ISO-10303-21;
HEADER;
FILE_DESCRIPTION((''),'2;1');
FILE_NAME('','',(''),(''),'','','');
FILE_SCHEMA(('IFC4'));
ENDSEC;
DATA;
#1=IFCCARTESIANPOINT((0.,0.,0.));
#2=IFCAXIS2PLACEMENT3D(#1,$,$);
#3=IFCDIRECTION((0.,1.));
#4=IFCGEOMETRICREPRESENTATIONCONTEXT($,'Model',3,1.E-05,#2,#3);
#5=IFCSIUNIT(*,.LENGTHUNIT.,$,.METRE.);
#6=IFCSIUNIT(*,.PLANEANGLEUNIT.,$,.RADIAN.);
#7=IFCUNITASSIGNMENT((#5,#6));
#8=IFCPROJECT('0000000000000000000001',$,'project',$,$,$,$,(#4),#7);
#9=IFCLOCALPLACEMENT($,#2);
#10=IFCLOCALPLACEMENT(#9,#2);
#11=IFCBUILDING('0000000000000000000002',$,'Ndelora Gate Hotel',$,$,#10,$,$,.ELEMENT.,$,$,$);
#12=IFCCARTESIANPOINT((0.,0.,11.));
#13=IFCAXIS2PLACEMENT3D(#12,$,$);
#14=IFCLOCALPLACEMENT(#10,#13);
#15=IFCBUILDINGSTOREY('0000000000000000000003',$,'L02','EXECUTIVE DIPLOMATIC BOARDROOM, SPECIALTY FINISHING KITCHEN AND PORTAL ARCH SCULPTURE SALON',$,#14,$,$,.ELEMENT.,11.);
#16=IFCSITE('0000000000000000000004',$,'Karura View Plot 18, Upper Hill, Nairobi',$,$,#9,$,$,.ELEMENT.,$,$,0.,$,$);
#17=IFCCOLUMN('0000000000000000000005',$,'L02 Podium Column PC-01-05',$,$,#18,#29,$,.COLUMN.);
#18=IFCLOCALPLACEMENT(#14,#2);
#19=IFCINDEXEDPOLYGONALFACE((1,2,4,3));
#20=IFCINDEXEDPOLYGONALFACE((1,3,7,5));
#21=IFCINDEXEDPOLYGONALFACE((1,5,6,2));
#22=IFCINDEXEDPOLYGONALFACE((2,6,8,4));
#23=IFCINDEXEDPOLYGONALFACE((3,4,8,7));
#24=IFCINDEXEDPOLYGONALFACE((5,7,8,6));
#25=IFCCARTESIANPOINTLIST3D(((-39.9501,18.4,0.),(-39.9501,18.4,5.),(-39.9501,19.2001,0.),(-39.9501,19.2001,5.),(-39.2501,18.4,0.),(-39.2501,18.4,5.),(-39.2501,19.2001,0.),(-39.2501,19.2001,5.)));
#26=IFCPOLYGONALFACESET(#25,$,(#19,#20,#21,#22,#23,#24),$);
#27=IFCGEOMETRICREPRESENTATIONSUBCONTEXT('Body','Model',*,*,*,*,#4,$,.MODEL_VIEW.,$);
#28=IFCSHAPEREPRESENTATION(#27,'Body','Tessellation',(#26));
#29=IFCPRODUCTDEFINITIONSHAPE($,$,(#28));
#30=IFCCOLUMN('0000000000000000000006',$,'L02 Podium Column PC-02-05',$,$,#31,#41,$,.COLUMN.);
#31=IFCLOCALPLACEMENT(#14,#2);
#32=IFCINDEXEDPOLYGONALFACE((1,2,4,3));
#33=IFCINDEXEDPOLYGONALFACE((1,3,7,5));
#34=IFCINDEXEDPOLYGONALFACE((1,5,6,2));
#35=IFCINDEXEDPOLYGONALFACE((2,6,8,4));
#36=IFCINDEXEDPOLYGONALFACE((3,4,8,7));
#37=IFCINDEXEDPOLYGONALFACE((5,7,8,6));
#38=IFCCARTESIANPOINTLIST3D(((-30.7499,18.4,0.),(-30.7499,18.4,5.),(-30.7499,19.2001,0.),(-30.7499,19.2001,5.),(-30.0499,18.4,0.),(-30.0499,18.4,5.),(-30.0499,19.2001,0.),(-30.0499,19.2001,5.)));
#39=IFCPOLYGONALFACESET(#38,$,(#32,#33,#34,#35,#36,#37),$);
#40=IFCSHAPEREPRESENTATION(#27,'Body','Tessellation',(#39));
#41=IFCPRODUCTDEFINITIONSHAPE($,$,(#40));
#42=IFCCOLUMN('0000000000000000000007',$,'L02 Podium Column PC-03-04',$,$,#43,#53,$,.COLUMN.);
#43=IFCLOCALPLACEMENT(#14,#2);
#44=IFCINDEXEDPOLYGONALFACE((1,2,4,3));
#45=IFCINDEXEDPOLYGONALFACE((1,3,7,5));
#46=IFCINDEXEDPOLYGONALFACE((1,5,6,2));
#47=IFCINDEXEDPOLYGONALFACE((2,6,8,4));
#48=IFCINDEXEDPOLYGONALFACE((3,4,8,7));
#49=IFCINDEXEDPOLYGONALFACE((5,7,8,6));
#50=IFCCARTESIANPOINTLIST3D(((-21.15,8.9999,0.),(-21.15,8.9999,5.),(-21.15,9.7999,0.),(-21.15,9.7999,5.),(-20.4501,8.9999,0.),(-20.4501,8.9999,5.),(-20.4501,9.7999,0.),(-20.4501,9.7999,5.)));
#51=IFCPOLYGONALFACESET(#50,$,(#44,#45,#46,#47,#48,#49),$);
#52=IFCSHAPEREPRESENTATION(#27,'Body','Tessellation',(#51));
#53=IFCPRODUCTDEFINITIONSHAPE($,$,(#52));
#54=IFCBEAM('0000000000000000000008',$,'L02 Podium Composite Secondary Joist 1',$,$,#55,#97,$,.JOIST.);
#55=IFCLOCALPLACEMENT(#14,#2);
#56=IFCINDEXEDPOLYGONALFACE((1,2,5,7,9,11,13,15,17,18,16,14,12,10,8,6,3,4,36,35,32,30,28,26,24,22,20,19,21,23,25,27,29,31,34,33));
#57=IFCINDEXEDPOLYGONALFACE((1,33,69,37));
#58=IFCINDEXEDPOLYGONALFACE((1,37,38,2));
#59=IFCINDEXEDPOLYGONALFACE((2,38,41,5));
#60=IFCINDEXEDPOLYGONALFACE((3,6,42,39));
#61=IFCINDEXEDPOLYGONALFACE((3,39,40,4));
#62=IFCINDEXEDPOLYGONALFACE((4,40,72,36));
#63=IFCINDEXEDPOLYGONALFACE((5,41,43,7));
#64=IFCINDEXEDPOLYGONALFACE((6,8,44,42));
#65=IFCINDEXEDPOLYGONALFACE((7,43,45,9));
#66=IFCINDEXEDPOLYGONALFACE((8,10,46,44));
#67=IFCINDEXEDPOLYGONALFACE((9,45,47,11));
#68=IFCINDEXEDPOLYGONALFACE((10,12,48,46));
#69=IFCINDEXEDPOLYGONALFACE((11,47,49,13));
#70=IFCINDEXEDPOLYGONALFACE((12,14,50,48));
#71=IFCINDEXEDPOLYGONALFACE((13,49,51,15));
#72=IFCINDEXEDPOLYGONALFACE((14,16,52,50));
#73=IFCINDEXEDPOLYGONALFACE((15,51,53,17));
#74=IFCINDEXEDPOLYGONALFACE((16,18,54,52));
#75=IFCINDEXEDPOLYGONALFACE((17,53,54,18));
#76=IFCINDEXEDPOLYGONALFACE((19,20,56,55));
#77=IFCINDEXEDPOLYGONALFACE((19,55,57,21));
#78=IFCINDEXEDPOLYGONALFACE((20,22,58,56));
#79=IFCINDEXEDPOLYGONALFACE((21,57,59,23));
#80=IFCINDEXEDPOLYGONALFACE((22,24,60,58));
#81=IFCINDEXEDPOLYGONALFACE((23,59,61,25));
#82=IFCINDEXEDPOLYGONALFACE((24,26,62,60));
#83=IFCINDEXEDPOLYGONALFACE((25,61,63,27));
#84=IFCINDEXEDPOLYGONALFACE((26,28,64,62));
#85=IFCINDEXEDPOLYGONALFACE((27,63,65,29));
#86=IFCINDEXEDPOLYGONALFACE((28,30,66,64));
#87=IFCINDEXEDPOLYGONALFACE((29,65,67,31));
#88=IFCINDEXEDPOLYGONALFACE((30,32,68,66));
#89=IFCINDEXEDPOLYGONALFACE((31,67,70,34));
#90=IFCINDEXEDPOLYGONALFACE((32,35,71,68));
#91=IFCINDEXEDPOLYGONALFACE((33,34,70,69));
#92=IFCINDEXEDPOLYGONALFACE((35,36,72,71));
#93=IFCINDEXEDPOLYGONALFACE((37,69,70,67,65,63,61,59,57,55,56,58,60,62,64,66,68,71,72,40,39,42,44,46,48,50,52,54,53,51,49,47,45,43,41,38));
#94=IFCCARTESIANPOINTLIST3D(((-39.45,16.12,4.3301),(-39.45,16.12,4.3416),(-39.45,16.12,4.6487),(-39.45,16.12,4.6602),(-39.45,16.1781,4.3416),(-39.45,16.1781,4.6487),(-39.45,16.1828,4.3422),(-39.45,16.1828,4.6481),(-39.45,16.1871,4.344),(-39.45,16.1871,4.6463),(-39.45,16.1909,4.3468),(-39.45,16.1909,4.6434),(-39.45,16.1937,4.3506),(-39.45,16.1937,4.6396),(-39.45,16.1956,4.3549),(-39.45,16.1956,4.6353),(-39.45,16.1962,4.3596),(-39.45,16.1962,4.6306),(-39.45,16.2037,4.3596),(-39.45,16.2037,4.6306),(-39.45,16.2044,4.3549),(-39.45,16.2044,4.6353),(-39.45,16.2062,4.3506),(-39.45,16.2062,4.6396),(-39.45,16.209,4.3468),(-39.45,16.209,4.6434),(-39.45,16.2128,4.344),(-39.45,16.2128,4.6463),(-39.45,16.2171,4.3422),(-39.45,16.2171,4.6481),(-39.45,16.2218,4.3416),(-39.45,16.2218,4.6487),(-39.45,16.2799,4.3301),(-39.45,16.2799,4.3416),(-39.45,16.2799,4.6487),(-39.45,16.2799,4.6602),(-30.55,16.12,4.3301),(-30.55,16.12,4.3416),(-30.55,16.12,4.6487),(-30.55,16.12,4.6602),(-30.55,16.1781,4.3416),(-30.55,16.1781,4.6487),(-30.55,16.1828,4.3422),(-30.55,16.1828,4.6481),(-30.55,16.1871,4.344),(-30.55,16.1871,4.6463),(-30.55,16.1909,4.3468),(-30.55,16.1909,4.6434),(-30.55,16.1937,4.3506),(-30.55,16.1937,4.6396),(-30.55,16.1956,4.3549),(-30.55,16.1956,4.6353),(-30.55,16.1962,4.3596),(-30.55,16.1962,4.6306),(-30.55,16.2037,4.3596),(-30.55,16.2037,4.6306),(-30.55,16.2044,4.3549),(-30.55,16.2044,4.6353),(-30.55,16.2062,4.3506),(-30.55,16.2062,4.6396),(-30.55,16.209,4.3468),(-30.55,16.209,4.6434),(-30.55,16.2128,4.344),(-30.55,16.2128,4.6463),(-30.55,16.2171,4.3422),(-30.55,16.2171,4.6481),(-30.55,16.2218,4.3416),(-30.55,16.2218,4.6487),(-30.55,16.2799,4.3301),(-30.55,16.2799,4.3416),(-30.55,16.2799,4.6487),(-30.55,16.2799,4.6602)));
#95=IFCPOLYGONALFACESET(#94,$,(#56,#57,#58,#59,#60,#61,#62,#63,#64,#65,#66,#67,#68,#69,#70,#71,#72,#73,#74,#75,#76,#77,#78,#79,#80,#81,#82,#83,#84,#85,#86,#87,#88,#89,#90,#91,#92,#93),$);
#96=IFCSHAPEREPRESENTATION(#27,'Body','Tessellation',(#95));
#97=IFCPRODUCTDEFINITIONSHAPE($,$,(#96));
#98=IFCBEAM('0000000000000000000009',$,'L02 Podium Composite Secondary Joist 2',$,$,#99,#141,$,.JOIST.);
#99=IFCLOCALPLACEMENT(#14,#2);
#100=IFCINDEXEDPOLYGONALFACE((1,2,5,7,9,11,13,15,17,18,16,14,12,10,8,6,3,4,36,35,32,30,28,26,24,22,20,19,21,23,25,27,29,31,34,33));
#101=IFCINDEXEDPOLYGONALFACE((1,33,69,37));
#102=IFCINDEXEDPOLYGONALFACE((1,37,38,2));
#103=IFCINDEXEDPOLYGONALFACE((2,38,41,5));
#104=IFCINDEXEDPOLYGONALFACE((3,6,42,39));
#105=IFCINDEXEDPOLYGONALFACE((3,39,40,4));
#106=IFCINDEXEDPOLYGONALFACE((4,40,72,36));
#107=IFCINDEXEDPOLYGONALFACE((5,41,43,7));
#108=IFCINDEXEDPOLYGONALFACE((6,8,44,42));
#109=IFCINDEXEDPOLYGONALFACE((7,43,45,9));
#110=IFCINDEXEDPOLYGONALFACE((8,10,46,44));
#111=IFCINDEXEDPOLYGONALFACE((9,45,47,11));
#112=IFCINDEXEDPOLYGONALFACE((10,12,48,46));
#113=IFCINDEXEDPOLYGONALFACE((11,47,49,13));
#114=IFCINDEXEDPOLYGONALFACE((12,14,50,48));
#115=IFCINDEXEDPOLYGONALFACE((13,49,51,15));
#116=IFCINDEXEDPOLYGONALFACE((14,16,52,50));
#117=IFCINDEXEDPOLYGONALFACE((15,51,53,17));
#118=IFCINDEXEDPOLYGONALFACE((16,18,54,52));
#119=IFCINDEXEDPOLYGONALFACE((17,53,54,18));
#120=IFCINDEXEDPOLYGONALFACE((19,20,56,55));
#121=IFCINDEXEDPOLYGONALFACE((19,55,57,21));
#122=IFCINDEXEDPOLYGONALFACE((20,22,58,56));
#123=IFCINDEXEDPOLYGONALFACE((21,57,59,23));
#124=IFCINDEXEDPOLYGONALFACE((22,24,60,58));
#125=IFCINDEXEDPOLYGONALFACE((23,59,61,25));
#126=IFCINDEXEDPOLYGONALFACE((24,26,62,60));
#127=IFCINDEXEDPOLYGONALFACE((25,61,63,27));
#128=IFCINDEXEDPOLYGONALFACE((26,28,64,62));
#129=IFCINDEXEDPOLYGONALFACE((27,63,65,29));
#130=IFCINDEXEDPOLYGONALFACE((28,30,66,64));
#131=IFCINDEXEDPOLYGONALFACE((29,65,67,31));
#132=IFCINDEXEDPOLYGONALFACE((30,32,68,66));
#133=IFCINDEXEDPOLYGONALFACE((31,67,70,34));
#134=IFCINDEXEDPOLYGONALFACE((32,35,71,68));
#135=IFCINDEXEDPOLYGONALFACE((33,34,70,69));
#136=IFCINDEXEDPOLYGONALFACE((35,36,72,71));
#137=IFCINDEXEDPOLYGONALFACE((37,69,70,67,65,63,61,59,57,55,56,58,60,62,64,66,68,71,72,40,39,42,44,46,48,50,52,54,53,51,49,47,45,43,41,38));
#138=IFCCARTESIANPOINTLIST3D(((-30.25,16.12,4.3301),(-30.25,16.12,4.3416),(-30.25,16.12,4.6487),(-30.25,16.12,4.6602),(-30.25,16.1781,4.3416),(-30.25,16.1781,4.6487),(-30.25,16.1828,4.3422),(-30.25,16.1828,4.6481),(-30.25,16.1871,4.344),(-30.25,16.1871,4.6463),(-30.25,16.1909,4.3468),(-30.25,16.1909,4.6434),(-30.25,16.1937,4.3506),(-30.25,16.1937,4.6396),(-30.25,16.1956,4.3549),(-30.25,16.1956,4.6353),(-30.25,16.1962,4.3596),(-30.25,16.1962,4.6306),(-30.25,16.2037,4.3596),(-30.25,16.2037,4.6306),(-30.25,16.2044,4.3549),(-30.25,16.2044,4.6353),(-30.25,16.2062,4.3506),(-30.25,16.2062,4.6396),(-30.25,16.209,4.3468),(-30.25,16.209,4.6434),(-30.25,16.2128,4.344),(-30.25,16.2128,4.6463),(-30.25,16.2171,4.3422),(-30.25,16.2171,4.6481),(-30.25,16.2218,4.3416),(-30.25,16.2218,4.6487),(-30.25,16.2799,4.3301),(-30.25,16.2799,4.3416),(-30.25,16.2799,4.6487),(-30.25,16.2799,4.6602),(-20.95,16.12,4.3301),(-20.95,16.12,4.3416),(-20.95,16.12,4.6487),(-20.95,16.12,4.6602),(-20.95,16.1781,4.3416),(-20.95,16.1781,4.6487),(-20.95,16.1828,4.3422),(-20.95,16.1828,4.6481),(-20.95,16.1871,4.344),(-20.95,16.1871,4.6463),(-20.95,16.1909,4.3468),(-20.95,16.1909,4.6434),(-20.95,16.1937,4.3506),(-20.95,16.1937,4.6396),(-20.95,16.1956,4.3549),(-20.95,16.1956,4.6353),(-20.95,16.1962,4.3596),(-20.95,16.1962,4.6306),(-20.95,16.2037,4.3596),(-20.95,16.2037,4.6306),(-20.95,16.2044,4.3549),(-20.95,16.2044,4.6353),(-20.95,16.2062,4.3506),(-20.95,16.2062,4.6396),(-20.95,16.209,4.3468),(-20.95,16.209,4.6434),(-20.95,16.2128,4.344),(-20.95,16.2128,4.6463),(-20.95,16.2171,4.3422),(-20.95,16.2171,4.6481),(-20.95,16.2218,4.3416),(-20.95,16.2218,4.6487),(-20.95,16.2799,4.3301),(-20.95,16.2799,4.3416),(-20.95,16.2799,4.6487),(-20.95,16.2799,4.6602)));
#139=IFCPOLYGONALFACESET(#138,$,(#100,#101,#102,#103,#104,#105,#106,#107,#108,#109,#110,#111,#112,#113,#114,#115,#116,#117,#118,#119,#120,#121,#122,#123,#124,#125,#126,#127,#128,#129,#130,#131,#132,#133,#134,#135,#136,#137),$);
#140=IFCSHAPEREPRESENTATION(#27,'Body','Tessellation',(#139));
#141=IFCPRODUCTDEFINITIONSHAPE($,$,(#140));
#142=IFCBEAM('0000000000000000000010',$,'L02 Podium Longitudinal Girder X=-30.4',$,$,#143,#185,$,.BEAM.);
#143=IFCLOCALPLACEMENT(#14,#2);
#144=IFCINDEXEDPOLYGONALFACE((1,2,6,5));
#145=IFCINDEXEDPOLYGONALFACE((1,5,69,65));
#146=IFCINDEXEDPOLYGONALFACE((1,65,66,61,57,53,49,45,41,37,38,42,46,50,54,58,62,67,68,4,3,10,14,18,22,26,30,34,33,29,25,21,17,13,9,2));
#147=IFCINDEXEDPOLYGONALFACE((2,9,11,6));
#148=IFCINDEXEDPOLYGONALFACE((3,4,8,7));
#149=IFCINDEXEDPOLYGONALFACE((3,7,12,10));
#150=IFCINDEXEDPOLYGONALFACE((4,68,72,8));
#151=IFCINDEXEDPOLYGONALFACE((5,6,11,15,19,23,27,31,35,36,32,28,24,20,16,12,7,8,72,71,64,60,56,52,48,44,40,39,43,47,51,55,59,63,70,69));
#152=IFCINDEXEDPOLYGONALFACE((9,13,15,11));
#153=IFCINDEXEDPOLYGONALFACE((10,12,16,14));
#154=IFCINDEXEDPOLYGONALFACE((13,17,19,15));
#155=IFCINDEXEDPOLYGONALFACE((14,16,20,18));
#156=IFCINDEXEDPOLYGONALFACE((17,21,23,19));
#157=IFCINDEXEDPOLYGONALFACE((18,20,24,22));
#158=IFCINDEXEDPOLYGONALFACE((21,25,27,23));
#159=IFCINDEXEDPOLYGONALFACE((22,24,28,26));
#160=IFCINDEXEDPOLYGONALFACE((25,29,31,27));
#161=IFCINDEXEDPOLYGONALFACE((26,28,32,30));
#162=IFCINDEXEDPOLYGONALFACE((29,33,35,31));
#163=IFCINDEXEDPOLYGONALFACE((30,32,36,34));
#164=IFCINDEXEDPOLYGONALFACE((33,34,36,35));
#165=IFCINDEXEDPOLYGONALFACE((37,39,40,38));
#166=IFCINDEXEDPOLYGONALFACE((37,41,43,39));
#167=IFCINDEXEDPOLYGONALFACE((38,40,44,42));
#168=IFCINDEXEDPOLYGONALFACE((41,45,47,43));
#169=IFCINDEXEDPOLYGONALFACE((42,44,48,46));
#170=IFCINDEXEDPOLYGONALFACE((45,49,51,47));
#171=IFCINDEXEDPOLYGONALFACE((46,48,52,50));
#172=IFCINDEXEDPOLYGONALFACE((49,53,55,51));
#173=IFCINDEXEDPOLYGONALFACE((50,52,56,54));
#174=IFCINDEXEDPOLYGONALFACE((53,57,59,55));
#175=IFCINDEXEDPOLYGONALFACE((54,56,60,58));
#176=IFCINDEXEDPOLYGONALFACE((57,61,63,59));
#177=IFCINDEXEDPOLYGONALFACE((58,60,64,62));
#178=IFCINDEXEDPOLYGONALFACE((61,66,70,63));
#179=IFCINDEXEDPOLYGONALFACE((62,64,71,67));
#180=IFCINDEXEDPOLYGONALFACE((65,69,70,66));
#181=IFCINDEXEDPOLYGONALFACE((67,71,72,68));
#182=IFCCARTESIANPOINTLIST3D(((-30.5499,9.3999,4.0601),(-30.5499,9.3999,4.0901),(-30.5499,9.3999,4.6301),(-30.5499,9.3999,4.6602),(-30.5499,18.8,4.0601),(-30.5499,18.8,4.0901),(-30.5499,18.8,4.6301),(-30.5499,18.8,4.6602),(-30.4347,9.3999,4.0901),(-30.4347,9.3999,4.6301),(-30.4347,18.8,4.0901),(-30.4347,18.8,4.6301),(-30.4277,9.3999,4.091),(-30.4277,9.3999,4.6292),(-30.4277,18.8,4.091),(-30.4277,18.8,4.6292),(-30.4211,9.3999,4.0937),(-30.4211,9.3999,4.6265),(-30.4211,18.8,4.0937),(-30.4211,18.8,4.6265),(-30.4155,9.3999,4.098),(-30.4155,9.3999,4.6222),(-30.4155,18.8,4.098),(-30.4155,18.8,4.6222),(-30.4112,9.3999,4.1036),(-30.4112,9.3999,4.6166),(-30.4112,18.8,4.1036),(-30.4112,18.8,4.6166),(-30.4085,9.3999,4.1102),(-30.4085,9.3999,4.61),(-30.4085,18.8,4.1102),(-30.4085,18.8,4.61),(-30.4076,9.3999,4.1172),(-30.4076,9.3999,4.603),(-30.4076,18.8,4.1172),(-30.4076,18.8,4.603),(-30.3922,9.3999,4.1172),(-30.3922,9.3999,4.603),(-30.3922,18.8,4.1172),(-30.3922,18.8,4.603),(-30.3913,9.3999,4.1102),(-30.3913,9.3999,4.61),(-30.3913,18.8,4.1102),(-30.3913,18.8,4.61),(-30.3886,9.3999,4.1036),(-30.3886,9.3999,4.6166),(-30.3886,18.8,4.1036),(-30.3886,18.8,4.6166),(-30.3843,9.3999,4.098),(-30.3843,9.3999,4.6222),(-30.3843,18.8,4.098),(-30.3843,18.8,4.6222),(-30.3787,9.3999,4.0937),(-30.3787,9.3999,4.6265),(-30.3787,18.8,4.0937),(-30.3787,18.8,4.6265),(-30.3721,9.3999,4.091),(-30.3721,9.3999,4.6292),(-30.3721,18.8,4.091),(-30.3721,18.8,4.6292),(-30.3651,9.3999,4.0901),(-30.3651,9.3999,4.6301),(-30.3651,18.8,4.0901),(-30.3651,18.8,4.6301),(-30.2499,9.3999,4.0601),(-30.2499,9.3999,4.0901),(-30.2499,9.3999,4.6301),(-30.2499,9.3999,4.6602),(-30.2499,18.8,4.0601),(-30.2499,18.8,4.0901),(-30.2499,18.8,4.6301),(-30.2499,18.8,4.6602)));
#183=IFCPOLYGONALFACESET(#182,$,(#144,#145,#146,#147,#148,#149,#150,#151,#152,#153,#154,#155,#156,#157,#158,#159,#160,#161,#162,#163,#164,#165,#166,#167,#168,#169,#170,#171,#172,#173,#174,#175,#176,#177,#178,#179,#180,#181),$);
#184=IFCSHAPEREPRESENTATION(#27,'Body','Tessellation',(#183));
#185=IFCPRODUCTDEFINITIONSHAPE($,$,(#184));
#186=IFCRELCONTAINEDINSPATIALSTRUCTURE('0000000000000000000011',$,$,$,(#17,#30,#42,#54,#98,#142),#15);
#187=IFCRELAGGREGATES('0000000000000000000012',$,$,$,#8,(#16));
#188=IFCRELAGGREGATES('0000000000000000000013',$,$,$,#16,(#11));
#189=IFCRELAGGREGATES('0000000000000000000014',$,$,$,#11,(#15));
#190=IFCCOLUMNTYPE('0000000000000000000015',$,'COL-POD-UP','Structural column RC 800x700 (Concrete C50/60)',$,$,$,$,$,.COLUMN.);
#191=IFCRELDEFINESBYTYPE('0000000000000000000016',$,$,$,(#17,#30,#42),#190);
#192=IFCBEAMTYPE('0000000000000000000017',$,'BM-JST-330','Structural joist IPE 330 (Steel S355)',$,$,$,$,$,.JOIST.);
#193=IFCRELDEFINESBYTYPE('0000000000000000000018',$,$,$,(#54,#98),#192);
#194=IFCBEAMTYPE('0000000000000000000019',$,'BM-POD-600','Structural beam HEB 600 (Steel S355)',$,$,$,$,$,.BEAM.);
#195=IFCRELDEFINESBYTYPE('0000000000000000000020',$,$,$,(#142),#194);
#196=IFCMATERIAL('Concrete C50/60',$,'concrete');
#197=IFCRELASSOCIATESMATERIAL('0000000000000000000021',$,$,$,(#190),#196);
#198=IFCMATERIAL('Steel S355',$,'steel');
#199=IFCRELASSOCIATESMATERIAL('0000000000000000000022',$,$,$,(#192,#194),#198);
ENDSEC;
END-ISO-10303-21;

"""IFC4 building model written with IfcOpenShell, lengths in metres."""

from ifc_helpers import new_model, si_unit, direction, frame, origin, origin_2d, place, context, subcontext, project, spatial, rectangle, i_section, extrude, material, material_profile, profile_set, type_object, element, save


model = new_model("IFC4")

# Units and contexts
model_context = context("Model", 3, precision=1e-05, world=origin(), true_north=direction((0.0, 1.0)))
body_context = subcontext(model_context, "Body", "Model", "MODEL_VIEW")
ifc_project = project(units=[si_unit("LENGTHUNIT", "METRE"), si_unit("PLANEANGLEUNIT", "RADIAN")], contexts=[model_context])

# Site, building, storey
site_placement = place(None, origin())
site = spatial("IfcSite", under=ifc_project, at=site_placement, Name="Karura View Plot 18, Upper Hill, Nairobi", CompositionType="ELEMENT", RefElevation=0.0)
building_placement = place(site_placement, origin())
building = spatial("IfcBuilding", under=site, at=building_placement, Name="Ndelora Gate Hotel", CompositionType="ELEMENT")
storey_placement = place(building_placement, frame((0.0, 0.0, 11.0)))
storey = spatial("IfcBuildingStorey", under=building, at=storey_placement, Name="L02", Description="EXECUTIVE DIPLOMATIC BOARDROOM, SPECIALTY FINISHING KITCHEN AND PORTAL ARCH SCULPTURE SALON", CompositionType="ELEMENT", Elevation=11.0)

# Columns
ifc_material_1 = material(Name="Concrete C50/60", Category="concrete")
ifc_material_profile_1 = material_profile(ifc_material_1, rectangle(XDim=0.7, YDim=0.8, at=origin_2d()), Name="RC 800x700")
ifc_profile_set_1 = profile_set([ifc_material_profile_1], Name="Concrete C50/60")
column_type = type_object("IfcColumnType", Name="COL-POD-UP", Description="Structural column RC 800x700 (Concrete C50/60)", PredefinedType="COLUMN", material=ifc_profile_set_1)
for number, where, z_axis, x_axis, name in (
    (1, (-39.6001, 18.8, 0.0), (0.0, 0.0, 1.0), (1.0, 0.0, 0.0), "L02 Podium Column PC-01-05"),
    (2, (-30.3999, 18.8, 0.0), (0.0, 0.0, 1.0), (1.0, 0.0, 0.0), "L02 Podium Column PC-02-05"),
    (3, (-20.8, 9.3999, 0.0), (0.0, 0.0, 1.0), (1.0, 0.0, 0.0), "L02 Podium Column PC-03-04"),
):
    element("IfcColumn", number, at=place(storey_placement, frame(where, z_axis=z_axis, x_axis=x_axis)), inside=storey, type_object=column_type, Name=name, PredefinedType="COLUMN", context=body_context, shape_type="SweptSolid", body=[
        extrude(rectangle(XDim=0.7, YDim=0.8, at=origin_2d()), origin(), (0.0, 0.0, 1.0), 5.0),
    ])

# Beams
ifc_material_2 = material(Name="Steel S355", Category="steel")
ifc_material_profile_2 = material_profile(ifc_material_2, i_section(OverallWidth=0.1599, OverallDepth=0.3301, WebThickness=0.0076, FlangeThickness=0.0115, FilletRadius=0.0181, at=origin_2d()), Name="IPE 330")
ifc_profile_set_2 = profile_set([ifc_material_profile_2], Name="Steel S355")
beam_type_1 = type_object("IfcBeamType", Name="BM-JST-330", Description="Structural joist IPE 330 (Steel S355)", PredefinedType="JOIST", material=ifc_profile_set_2)
beam_1_placement = place(storey_placement, frame((-39.45, 16.2, 4.4951), z_axis=(1.0, 0.0, 0.0), x_axis=(0.0, 1.0, 0.0)))
element("IfcBeam", 4, at=beam_1_placement, inside=storey, type_object=beam_type_1, Name="L02 Podium Composite Secondary Joist 1", PredefinedType="JOIST", context=body_context, shape_type="SweptSolid", body=[
    extrude(i_section(OverallWidth=0.1599, OverallDepth=0.3301, WebThickness=0.0076, FlangeThickness=0.0115, FilletRadius=0.0181, at=origin_2d()), origin(), (0.0, 0.0, 1.0), 8.8999),
])
beam_2_placement = place(storey_placement, frame((-30.25, 16.2, 4.4951), z_axis=(1.0, 0.0, 0.0), x_axis=(0.0, 1.0, 0.0)))
element("IfcBeam", 5, at=beam_2_placement, inside=storey, type_object=beam_type_1, Name="L02 Podium Composite Secondary Joist 2", PredefinedType="JOIST", context=body_context, shape_type="SweptSolid", body=[
    extrude(i_section(OverallWidth=0.1599, OverallDepth=0.3301, WebThickness=0.0076, FlangeThickness=0.0115, FilletRadius=0.0181, at=origin_2d()), origin(), (0.0, 0.0, 1.0), 9.3),
])
ifc_material_profile_3 = material_profile(ifc_material_2, i_section(OverallWidth=0.3, OverallDepth=0.6001, WebThickness=0.0154, FlangeThickness=0.03, FilletRadius=0.0271, at=origin_2d()), Name="HEB 600")
ifc_profile_set_3 = profile_set([ifc_material_profile_3], Name="Steel S355")
beam_type_2 = type_object("IfcBeamType", Name="BM-POD-600", Description="Structural beam HEB 600 (Steel S355)", PredefinedType="BEAM", material=ifc_profile_set_3)
beam_3_placement = place(storey_placement, frame((-30.3999, 9.3999, 4.3601), z_axis=(0.0, 1.0, 0.0), x_axis=(-1.0, 0.0, 0.0)))
element("IfcBeam", 6, at=beam_3_placement, inside=storey, type_object=beam_type_2, Name="L02 Podium Longitudinal Girder X=-30.4", PredefinedType="BEAM", context=body_context, shape_type="SweptSolid", body=[
    extrude(i_section(OverallWidth=0.3, OverallDepth=0.6001, WebThickness=0.0154, FlangeThickness=0.03, FilletRadius=0.0271, at=origin_2d()), origin(), (0.0, 0.0, 1.0), 9.4001),
])

save(model, "model.ifc")
